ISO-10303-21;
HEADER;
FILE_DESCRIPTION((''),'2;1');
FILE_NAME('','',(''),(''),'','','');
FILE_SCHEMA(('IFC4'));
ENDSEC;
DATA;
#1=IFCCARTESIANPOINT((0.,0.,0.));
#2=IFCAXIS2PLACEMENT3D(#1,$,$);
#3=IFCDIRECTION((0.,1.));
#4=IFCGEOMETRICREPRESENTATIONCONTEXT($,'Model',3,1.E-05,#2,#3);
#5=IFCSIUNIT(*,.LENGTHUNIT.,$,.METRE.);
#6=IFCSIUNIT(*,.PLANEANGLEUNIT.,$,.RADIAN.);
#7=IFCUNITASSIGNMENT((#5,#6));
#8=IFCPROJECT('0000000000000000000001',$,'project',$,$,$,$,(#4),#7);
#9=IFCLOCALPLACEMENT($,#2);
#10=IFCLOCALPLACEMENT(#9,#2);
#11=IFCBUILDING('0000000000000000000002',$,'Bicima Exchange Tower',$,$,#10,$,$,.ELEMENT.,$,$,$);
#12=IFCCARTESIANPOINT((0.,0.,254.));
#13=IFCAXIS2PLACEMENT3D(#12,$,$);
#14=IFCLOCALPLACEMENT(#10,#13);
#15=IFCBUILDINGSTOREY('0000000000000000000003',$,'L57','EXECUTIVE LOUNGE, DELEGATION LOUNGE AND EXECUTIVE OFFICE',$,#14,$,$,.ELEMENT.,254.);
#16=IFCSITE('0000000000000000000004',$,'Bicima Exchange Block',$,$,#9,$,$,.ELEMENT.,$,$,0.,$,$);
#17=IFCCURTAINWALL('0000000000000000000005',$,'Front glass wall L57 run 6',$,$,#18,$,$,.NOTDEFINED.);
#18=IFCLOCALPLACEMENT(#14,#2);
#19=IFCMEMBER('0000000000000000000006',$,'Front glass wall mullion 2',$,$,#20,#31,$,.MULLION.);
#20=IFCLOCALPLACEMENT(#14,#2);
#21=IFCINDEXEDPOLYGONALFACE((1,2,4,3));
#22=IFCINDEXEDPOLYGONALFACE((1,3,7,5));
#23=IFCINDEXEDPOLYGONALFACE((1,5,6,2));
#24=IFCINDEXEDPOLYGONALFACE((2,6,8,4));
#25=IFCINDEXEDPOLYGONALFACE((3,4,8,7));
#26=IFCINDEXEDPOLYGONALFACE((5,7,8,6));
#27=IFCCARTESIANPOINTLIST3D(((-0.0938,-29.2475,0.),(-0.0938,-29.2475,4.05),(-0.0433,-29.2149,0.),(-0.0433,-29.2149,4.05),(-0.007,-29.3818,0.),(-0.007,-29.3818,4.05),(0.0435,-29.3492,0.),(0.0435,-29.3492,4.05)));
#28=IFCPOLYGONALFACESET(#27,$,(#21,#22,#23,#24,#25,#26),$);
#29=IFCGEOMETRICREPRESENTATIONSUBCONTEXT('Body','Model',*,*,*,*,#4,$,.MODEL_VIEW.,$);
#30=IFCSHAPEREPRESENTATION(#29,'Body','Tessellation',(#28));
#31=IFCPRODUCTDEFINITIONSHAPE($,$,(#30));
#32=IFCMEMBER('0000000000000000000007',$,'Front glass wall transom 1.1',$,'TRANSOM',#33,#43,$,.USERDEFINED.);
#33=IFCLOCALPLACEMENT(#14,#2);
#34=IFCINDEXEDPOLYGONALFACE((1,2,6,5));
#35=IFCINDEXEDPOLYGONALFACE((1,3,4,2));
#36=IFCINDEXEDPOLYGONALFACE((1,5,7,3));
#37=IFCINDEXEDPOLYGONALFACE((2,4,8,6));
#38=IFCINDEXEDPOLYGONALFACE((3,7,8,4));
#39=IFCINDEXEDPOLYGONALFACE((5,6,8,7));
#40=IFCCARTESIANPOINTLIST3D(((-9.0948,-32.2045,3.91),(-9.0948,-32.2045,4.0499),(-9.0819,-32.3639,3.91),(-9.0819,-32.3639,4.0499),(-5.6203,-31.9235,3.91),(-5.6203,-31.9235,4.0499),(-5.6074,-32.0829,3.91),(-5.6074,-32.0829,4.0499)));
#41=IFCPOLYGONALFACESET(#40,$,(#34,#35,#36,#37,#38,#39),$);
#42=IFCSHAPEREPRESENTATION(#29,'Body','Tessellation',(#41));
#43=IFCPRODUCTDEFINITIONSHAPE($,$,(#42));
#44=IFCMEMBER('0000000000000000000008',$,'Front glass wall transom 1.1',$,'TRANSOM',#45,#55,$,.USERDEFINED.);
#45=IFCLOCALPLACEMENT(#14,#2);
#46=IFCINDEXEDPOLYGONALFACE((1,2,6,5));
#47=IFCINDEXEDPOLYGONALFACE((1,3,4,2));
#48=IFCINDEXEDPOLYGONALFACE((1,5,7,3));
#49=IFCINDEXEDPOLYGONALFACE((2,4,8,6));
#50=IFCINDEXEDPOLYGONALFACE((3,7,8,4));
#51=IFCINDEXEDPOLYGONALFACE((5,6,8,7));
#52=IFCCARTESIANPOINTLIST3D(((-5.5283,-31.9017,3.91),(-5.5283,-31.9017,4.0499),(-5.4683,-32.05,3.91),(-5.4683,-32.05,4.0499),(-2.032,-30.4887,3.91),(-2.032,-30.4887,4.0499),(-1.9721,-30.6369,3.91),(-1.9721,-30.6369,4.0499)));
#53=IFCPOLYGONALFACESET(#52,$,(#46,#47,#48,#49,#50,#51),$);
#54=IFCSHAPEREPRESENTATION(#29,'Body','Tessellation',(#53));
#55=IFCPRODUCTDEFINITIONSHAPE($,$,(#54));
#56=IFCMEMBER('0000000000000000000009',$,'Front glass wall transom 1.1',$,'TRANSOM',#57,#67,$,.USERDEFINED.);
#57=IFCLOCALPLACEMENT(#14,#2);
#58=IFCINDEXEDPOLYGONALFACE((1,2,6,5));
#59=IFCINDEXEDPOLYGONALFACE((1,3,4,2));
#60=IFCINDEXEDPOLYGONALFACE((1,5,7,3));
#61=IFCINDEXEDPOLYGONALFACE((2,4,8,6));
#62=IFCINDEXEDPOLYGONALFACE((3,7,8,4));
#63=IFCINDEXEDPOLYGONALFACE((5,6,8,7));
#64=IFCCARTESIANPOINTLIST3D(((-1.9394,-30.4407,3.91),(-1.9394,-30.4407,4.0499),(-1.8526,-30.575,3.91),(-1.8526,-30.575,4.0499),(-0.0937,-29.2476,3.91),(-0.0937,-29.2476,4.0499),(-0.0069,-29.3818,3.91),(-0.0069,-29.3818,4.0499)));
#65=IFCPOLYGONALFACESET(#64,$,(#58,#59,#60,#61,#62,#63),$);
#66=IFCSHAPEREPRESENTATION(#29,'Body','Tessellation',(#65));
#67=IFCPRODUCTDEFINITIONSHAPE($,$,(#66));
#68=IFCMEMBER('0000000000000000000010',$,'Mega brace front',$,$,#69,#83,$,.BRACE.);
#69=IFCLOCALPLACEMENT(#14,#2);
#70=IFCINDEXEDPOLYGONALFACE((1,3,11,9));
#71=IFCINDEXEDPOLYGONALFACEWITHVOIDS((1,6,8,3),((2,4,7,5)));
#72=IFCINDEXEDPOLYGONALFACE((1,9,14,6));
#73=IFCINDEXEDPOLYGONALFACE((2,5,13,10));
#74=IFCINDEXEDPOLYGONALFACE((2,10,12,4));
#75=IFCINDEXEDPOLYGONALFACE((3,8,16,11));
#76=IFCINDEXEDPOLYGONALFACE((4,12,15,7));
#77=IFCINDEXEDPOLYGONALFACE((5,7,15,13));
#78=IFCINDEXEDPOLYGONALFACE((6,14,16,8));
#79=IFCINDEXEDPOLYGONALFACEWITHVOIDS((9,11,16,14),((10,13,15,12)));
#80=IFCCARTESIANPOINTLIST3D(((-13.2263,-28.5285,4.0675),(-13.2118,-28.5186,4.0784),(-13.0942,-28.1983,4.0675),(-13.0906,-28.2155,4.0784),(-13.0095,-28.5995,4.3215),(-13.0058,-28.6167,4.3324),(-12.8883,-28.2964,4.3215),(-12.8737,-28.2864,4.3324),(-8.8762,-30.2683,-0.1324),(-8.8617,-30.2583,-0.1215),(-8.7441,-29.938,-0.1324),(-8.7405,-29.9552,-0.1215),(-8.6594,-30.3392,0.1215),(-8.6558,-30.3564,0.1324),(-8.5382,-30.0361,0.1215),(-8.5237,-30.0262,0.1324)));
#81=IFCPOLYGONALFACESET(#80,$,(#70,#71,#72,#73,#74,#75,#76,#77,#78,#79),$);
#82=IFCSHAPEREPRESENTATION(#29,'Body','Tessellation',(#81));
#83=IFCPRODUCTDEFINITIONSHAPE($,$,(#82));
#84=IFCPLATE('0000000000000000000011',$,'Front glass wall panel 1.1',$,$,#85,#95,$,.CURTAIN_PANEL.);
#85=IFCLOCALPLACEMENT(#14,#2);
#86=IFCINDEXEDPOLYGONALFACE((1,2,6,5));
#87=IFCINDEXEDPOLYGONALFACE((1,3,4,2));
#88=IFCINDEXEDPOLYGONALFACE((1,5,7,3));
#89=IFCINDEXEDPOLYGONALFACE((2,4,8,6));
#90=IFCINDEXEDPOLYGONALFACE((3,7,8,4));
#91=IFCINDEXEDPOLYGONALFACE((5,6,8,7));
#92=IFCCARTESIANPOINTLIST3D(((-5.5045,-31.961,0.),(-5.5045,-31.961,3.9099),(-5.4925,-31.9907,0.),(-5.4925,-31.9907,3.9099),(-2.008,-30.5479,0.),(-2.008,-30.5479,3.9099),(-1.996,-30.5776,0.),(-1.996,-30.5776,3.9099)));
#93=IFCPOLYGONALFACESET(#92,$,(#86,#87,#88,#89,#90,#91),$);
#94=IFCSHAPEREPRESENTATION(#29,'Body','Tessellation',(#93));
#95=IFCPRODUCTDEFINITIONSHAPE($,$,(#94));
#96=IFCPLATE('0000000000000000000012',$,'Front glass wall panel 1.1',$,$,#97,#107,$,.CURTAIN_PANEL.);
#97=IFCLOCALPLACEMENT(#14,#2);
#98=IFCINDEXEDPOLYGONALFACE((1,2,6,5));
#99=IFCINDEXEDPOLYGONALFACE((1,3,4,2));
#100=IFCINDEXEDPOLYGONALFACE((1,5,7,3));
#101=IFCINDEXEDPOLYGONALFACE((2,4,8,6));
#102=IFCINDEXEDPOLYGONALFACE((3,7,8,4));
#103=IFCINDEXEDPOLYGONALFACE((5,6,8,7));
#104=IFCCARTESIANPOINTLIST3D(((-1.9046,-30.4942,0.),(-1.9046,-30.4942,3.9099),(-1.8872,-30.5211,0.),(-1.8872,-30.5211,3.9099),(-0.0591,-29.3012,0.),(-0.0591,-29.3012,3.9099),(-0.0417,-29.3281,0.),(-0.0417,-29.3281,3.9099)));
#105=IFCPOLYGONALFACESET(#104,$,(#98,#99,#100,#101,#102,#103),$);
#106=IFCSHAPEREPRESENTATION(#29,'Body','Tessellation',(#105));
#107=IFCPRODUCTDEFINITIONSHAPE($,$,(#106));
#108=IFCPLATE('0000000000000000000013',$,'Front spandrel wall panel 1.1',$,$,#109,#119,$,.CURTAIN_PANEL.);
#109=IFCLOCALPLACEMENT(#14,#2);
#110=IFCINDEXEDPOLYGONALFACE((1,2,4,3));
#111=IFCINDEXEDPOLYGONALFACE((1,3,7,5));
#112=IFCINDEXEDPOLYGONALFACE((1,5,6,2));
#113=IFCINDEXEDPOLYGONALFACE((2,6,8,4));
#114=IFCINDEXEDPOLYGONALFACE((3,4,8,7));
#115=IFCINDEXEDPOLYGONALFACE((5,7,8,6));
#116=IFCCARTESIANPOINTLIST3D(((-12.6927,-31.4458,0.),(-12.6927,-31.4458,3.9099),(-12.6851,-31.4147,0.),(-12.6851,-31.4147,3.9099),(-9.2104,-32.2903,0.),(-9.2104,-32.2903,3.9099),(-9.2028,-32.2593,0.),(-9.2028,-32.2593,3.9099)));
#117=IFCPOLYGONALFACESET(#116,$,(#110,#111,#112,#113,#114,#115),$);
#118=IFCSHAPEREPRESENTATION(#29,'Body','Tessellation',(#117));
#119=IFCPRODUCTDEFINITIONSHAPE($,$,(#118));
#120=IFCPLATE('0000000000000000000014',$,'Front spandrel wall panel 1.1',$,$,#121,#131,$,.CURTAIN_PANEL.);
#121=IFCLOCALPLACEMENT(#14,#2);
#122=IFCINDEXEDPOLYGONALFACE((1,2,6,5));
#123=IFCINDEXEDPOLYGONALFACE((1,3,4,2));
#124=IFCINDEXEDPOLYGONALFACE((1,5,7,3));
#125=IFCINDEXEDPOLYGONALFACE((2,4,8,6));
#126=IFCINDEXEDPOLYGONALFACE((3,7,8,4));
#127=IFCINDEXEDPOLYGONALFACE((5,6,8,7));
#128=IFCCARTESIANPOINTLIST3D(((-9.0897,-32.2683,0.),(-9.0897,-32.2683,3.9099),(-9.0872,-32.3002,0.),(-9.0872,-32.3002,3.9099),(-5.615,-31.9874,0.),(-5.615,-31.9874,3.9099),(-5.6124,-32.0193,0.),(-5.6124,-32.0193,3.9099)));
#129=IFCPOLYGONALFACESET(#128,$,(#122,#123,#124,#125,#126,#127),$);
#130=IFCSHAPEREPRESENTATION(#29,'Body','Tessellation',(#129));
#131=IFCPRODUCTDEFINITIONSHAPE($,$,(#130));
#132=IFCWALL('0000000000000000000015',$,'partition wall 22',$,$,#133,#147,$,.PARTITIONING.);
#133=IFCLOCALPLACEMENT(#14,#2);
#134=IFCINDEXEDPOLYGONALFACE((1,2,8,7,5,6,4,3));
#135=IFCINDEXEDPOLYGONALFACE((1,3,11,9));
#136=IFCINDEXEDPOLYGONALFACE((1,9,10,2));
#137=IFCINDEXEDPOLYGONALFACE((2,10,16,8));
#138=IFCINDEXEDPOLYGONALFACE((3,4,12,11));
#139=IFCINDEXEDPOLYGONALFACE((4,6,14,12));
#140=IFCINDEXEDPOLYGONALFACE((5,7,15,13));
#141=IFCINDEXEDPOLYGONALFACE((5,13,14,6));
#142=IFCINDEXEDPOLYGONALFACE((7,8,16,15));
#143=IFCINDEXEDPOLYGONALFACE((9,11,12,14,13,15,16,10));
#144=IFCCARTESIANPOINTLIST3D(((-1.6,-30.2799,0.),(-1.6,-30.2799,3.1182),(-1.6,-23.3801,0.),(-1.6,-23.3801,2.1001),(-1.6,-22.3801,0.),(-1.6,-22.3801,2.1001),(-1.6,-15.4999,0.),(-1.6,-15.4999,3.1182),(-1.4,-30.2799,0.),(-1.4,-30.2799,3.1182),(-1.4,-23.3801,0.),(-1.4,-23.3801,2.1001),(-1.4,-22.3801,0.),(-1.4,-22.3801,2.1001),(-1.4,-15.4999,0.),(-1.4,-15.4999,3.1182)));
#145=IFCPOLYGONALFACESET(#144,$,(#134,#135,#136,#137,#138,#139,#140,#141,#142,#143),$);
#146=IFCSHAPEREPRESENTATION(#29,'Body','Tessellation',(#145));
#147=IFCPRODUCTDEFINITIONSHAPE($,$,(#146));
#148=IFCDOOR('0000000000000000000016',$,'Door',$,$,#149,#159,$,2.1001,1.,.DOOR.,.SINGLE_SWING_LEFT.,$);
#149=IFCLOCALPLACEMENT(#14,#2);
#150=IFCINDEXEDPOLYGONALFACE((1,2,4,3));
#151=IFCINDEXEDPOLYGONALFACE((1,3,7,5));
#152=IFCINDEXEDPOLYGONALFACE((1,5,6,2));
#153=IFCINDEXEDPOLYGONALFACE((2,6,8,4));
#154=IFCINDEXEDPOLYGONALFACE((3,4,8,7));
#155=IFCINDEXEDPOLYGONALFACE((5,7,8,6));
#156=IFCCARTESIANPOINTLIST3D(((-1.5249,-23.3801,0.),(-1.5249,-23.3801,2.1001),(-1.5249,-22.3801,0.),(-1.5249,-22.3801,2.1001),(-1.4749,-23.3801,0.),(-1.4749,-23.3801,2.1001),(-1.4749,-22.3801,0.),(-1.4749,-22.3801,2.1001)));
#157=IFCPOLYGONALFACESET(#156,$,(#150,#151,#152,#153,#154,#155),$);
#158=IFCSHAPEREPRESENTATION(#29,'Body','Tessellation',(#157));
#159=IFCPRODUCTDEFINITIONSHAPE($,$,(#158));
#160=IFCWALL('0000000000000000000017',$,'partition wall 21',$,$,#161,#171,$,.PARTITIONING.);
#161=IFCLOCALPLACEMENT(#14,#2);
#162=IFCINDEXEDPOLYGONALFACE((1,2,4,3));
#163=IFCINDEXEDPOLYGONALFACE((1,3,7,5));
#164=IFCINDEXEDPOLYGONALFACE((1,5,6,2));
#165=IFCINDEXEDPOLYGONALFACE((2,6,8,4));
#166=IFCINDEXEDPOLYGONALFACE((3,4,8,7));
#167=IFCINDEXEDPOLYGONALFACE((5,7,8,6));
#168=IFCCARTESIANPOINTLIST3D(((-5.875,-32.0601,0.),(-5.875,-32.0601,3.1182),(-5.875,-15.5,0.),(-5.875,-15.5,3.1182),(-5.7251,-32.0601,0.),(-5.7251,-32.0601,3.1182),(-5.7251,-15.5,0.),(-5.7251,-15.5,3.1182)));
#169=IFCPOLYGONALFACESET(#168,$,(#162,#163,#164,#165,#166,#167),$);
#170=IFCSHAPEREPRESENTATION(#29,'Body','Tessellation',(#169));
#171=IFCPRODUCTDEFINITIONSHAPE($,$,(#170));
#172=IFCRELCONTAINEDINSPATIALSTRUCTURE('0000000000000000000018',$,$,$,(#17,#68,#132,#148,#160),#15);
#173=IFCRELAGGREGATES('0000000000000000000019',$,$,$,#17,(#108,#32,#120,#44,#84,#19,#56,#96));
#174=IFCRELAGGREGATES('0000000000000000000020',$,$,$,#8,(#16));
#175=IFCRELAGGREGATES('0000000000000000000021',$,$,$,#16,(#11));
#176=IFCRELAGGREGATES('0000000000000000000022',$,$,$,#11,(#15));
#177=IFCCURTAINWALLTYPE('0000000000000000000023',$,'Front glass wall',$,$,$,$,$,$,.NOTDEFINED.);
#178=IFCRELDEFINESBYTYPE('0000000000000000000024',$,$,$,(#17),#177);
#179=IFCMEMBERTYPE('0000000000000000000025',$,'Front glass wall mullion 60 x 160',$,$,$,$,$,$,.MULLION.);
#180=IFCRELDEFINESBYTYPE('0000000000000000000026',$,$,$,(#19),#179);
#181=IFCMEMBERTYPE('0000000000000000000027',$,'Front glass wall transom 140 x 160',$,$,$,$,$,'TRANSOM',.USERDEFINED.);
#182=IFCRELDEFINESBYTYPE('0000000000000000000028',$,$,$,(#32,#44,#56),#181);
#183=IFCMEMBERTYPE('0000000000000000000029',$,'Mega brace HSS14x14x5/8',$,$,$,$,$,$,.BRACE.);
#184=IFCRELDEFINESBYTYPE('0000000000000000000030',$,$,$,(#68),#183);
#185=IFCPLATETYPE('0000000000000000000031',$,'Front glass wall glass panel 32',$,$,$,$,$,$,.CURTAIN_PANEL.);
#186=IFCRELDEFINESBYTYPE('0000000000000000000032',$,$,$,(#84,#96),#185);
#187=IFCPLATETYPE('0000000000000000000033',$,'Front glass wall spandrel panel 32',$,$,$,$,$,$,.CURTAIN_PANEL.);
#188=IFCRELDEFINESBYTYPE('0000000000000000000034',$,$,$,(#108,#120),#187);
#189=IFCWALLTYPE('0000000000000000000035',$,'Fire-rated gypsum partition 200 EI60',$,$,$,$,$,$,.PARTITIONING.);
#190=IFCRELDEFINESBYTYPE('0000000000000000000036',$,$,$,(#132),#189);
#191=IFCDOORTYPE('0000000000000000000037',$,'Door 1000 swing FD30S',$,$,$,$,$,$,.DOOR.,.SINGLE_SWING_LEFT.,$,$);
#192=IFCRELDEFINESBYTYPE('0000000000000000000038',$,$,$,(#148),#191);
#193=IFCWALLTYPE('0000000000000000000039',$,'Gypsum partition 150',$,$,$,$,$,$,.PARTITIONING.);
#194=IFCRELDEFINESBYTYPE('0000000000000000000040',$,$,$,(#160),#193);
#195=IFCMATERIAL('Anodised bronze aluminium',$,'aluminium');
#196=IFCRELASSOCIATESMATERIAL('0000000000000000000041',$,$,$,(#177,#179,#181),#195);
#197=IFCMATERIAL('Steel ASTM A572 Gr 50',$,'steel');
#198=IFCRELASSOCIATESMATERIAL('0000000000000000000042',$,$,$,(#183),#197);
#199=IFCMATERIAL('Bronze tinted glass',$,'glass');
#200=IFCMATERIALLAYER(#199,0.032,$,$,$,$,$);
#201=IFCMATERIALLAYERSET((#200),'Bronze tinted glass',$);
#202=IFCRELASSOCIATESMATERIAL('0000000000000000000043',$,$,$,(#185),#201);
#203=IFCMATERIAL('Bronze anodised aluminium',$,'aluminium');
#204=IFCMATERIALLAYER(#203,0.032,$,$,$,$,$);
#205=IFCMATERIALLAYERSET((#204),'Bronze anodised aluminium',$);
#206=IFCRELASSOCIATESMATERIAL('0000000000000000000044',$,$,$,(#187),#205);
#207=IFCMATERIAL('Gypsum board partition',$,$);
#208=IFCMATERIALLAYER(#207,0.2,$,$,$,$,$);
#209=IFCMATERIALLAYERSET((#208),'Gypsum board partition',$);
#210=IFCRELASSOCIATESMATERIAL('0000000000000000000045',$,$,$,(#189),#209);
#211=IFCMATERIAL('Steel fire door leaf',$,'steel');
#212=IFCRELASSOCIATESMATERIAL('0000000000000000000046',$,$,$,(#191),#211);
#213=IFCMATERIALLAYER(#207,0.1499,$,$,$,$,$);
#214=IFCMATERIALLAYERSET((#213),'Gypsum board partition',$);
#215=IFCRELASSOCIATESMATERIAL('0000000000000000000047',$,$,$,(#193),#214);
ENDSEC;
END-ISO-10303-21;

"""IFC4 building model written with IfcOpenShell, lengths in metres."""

from ifc_helpers import new_model, si_unit, direction, frame, frame_2d, origin, origin_2d, place, context, subcontext, project, spatial, rectangle, hollow_rectangle, extrude, material, layer, layer_set, material_profile, profile_set, type_object, element, fill, aggregate, save


model = new_model("IFC4")

# Units and contexts
model_context = context("Model", 3, precision=1e-05, world=origin(), true_north=direction((0.0, 1.0)))
body_context = subcontext(model_context, "Body", "Model", "MODEL_VIEW")
ifc_project = project(units=[si_unit("LENGTHUNIT", "METRE"), si_unit("PLANEANGLEUNIT", "RADIAN")], contexts=[model_context])

# Site, building, storey
site_placement = place(None, origin())
site = spatial("IfcSite", under=ifc_project, at=site_placement, Name="Bicima Exchange Block", CompositionType="ELEMENT", RefElevation=0.0)
building_placement = place(site_placement, origin())
building = spatial("IfcBuilding", under=site, at=building_placement, Name="Bicima Exchange Tower", CompositionType="ELEMENT")
storey_placement = place(building_placement, frame((0.0, 0.0, 254.0)))
storey = spatial("IfcBuildingStorey", under=building, at=storey_placement, Name="L57", Description="EXECUTIVE LOUNGE, DELEGATION LOUNGE AND EXECUTIVE OFFICE", CompositionType="ELEMENT", Elevation=254.0)

# Shared definitions
ifc_material_1 = material(Name="Steel ASTM A572 Gr 50", Category="steel")

# Curtain wall, members
ifc_material_2 = material(Name="Anodised bronze aluminium", Category="aluminium")
curtain_wall_type = type_object("IfcCurtainWallType", Name="Front glass wall", PredefinedType="NOTDEFINED", material=ifc_material_2)
curtain_wall_placement = place(storey_placement, origin())
curtain_wall = element("IfcCurtainWall", 1, at=curtain_wall_placement, inside=storey, type_object=curtain_wall_type, Name="Front glass wall L57 run 6", PredefinedType="NOTDEFINED")
ifc_material_profile_1 = material_profile(ifc_material_2, rectangle(XDim=0.1599, YDim=0.0601, at=origin_2d()))
ifc_profile_set_1 = profile_set([ifc_material_profile_1], Name="Anodised bronze aluminium")
member_type_1 = type_object("IfcMemberType", Name="Front glass wall mullion 60 x 160", PredefinedType="MULLION", material=ifc_profile_set_1)
member_1_placement = place(storey_placement, frame((-0.0251, -29.2983, 0.0), z_axis=(0.0, 0.0, 1.0), x_axis=(-0.542897, 0.839799, 0.0)))
member_1 = element("IfcMember", 2, at=member_1_placement, type_object=member_type_1, Name="Front glass wall mullion 2", PredefinedType="MULLION", context=body_context, shape_type="SweptSolid", body=[
    extrude(rectangle(XDim=0.1599, YDim=0.0601, at=origin_2d()), origin(), (0.0, 0.0, 1.0), 4.05),
])
ifc_material_profile_2 = material_profile(ifc_material_2, rectangle(XDim=0.1599, YDim=0.1399, at=origin_2d()))
ifc_profile_set_2 = profile_set([ifc_material_profile_2], Name="Anodised bronze aluminium")
member_type_2 = type_object("IfcMemberType", Name="Front glass wall transom 140 x 160", ElementType="TRANSOM", PredefinedType="USERDEFINED", material=ifc_profile_set_2)
member_2_placement = place(storey_placement, frame((-9.0884, -32.2842, 3.98), z_axis=(0.996746, 0.080611, 0.0), x_axis=(-0.080611, 0.996746, 0.0)))
member_2 = element("IfcMember", 3, at=member_2_placement, type_object=member_type_2, Name="Front glass wall transom 1.1", ObjectType="TRANSOM", PredefinedType="USERDEFINED", context=body_context, shape_type="SweptSolid", body=[
    extrude(rectangle(XDim=0.1599, YDim=0.1399, at=origin_2d()), origin(), (0.0, 0.0, 1.0), 3.4858),
])
member_3_placement = place(storey_placement, frame((-5.4983, -31.9758, 3.98), z_axis=(0.92714, 0.374715, 0.0), x_axis=(-0.374715, 0.92714, 0.0)))
member_3 = element("IfcMember", 4, at=member_3_placement, type_object=member_type_2, Name="Front glass wall transom 1.1", ObjectType="TRANSOM", PredefinedType="USERDEFINED", context=body_context, shape_type="SweptSolid", body=[
    extrude(rectangle(XDim=0.1599, YDim=0.1399, at=origin_2d()), origin(), (0.0, 0.0, 1.0), 3.771),
])
member_4_placement = place(storey_placement, frame((-1.896, -30.5078, 3.98), z_axis=(0.839811, 0.542878, 0.0), x_axis=(-0.542878, 0.839811, 0.0)))
member_4 = element("IfcMember", 5, at=member_4_placement, type_object=member_type_2, Name="Front glass wall transom 1.1", ObjectType="TRANSOM", PredefinedType="USERDEFINED", context=body_context, shape_type="SweptSolid", body=[
    extrude(rectangle(XDim=0.1599, YDim=0.1399, at=origin_2d()), origin(), (0.0, 0.0, 1.0), 2.1978),
])

# Member
ifc_material_profile_3 = material_profile(ifc_material_1, hollow_rectangle(XDim=0.3557, YDim=0.3557, WallThickness=0.0146, at=origin_2d()))
ifc_profile_set_3 = profile_set([ifc_material_profile_3], Name="Steel ASTM A572 Gr 50")
member_type_3 = type_object("IfcMemberType", Name="Mega brace HSS14x14x5/8", PredefinedType="BRACE", material=ifc_profile_set_3)
member_5_placement = place(storey_placement, frame((-8.7, -30.1472, 0.0), z_axis=(-0.691366, 0.2765, 0.667503), x_axis=(-0.371337, -0.928498, 0.0)))
element("IfcMember", 6, at=member_5_placement, inside=storey, type_object=member_type_3, Name="Mega brace front", PredefinedType="BRACE", context=body_context, shape_type="SweptSolid", body=[
    extrude(hollow_rectangle(XDim=0.3557, YDim=0.3557, WallThickness=0.0146, at=origin_2d()), origin(), (0.0, 0.0, 1.0), 6.292),
])

# Plates
ifc_material_3 = material(Name="Bronze tinted glass", Category="glass")
ifc_layer_1 = layer(ifc_material_3, 0.032)
ifc_layer_set_1 = layer_set([ifc_layer_1], Name="Bronze tinted glass")
plate_type_1 = type_object("IfcPlateType", Name="Front glass wall glass panel 32", PredefinedType="CURTAIN_PANEL", material=ifc_layer_set_1)
plate_1_placement = place(storey_placement, frame((-3.7502, -31.2693, 0.0), z_axis=(0.0, 0.0, 1.0), x_axis=(0.927144, 0.374705, 0.0)))
plate_1 = element("IfcPlate", 7, at=plate_1_placement, type_object=plate_type_1, Name="Front glass wall panel 1.1", PredefinedType="CURTAIN_PANEL", context=body_context, shape_type="SweptSolid", body=[
    extrude(rectangle(XDim=3.7712, YDim=0.032, at=origin_2d()), origin(), (0.0, 0.0, 1.0), 3.9099),
])
plate_2_placement = place(storey_placement, frame((-0.9731, -29.9111, 0.0), z_axis=(0.0, 0.0, 1.0), x_axis=(0.839799, 0.542897, 0.0)))
plate_2 = element("IfcPlate", 8, at=plate_2_placement, type_object=plate_type_1, Name="Front glass wall panel 1.1", PredefinedType="CURTAIN_PANEL", context=body_context, shape_type="SweptSolid", body=[
    extrude(rectangle(XDim=2.1975, YDim=0.032, at=origin_2d()), origin(), (0.0, 0.0, 1.0), 3.9099),
])
ifc_material_4 = material(Name="Bronze anodised aluminium", Category="aluminium")
ifc_layer_2 = layer(ifc_material_4, 0.032)
ifc_layer_set_2 = layer_set([ifc_layer_2], Name="Bronze anodised aluminium")
plate_type_2 = type_object("IfcPlateType", Name="Front glass wall spandrel panel 32", PredefinedType="CURTAIN_PANEL", material=ifc_layer_set_2)
plate_3_placement = place(storey_placement, frame((-10.9478, -31.8525, 0.0), z_axis=(0.0, 0.0, 1.0), x_axis=(0.97183, -0.235682, 0.0)))
plate_3 = element("IfcPlate", 9, at=plate_3_placement, type_object=plate_type_2, Name="Front spandrel wall panel 1.1", PredefinedType="CURTAIN_PANEL", context=body_context, shape_type="SweptSolid", body=[
    extrude(rectangle(XDim=3.5833, YDim=0.032, at=origin_2d()), origin(), (0.0, 0.0, 1.0), 3.9099),
])
plate_4_placement = place(storey_placement, frame((-7.3511, -32.1438, 0.0), z_axis=(0.0, 0.0, 1.0), x_axis=(0.996747, 0.080589, 0.0)))
plate_4 = element("IfcPlate", 10, at=plate_4_placement, type_object=plate_type_2, Name="Front spandrel wall panel 1.1", PredefinedType="CURTAIN_PANEL", context=body_context, shape_type="SweptSolid", body=[
    extrude(rectangle(XDim=3.4861, YDim=0.032, at=origin_2d()), origin(), (0.0, 0.0, 1.0), 3.9099),
])
aggregate(curtain_wall, [plate_3, member_2, plate_4, member_3, plate_1, member_1, member_4, plate_2])

# Wall, opening, door
ifc_material_5 = material(Name="Gypsum board partition")
ifc_layer_3 = layer(ifc_material_5, 0.2)
ifc_layer_set_3 = layer_set([ifc_layer_3], Name="Gypsum board partition")
wall_type_1 = type_object("IfcWallType", Name="Fire-rated gypsum partition 200 EI60", PredefinedType="PARTITIONING", material=ifc_layer_set_3)
wall_1_placement = place(storey_placement, frame((-1.5, -30.28, 0.0), z_axis=(0.0, 0.0, 1.0), x_axis=(0.0, 1.0, 0.0)))
wall_1 = element("IfcWall", 11, at=wall_1_placement, inside=storey, type_object=wall_type_1, Name="partition wall 22", PredefinedType="PARTITIONING", context=body_context, shape_type="SweptSolid", body=[
    extrude(rectangle(XDim=14.78, YDim=0.2, at=frame_2d((7.3901, 0.0))), origin(), (0.0, 0.0, 1.0), 3.1182),
])
opening_placement = place(wall_1_placement, frame((6.8999, 0.0, 0.0)))
opening = element("IfcOpeningElement", 12, at=opening_placement, cuts=wall_1, PredefinedType="OPENING", context=body_context, shape_type="SweptSolid", body=[
    extrude(rectangle(XDim=1.0, YDim=2.1001, at=frame_2d((0.5, 1.05))), frame((0.0, 0.1118, 0.0), z_axis=(0.0, -1.0, 0.0), x_axis=(1.0, 0.0, 0.0)), (0.0, 0.0, 1.0), 0.2239),
])
ifc_material_6 = material(Name="Steel fire door leaf", Category="steel")
door_type = type_object("IfcDoorType", Name="Door 1000 swing FD30S", OperationType="SINGLE_SWING_LEFT", PredefinedType="DOOR", material=ifc_material_6)
door_placement = place(opening_placement, origin())
door = element("IfcDoor", 13, at=door_placement, inside=storey, type_object=door_type, Name="Door", OperationType="SINGLE_SWING_LEFT", OverallHeight=2.1001, OverallWidth=1.0, PredefinedType="DOOR", context=body_context, shape_type="SweptSolid", body=[
    extrude(rectangle(XDim=1.0, YDim=2.1001, at=frame_2d((0.5, 1.05))), frame((0.0, 0.0249, 0.0), z_axis=(0.0, -1.0, 0.0), x_axis=(1.0, 0.0, 0.0)), (0.0, 0.0, 1.0), 0.05),
])
fill(opening, door)

# Wall
ifc_layer_4 = layer(ifc_material_5, 0.1499)
ifc_layer_set_4 = layer_set([ifc_layer_4], Name="Gypsum board partition")
wall_type_2 = type_object("IfcWallType", Name="Gypsum partition 150", PredefinedType="PARTITIONING", material=ifc_layer_set_4)
wall_2_placement = place(storey_placement, frame((-5.8, -32.0601, 0.0), z_axis=(0.0, 0.0, 1.0), x_axis=(0.0, 1.0, 0.0)))
element("IfcWall", 14, at=wall_2_placement, inside=storey, type_object=wall_type_2, Name="partition wall 21", PredefinedType="PARTITIONING", context=body_context, shape_type="SweptSolid", body=[
    extrude(rectangle(XDim=16.5601, YDim=0.1499, at=frame_2d((8.28, 0.0))), origin(), (0.0, 0.0, 1.0), 3.1182),
])

save(model, "model.ifc")
